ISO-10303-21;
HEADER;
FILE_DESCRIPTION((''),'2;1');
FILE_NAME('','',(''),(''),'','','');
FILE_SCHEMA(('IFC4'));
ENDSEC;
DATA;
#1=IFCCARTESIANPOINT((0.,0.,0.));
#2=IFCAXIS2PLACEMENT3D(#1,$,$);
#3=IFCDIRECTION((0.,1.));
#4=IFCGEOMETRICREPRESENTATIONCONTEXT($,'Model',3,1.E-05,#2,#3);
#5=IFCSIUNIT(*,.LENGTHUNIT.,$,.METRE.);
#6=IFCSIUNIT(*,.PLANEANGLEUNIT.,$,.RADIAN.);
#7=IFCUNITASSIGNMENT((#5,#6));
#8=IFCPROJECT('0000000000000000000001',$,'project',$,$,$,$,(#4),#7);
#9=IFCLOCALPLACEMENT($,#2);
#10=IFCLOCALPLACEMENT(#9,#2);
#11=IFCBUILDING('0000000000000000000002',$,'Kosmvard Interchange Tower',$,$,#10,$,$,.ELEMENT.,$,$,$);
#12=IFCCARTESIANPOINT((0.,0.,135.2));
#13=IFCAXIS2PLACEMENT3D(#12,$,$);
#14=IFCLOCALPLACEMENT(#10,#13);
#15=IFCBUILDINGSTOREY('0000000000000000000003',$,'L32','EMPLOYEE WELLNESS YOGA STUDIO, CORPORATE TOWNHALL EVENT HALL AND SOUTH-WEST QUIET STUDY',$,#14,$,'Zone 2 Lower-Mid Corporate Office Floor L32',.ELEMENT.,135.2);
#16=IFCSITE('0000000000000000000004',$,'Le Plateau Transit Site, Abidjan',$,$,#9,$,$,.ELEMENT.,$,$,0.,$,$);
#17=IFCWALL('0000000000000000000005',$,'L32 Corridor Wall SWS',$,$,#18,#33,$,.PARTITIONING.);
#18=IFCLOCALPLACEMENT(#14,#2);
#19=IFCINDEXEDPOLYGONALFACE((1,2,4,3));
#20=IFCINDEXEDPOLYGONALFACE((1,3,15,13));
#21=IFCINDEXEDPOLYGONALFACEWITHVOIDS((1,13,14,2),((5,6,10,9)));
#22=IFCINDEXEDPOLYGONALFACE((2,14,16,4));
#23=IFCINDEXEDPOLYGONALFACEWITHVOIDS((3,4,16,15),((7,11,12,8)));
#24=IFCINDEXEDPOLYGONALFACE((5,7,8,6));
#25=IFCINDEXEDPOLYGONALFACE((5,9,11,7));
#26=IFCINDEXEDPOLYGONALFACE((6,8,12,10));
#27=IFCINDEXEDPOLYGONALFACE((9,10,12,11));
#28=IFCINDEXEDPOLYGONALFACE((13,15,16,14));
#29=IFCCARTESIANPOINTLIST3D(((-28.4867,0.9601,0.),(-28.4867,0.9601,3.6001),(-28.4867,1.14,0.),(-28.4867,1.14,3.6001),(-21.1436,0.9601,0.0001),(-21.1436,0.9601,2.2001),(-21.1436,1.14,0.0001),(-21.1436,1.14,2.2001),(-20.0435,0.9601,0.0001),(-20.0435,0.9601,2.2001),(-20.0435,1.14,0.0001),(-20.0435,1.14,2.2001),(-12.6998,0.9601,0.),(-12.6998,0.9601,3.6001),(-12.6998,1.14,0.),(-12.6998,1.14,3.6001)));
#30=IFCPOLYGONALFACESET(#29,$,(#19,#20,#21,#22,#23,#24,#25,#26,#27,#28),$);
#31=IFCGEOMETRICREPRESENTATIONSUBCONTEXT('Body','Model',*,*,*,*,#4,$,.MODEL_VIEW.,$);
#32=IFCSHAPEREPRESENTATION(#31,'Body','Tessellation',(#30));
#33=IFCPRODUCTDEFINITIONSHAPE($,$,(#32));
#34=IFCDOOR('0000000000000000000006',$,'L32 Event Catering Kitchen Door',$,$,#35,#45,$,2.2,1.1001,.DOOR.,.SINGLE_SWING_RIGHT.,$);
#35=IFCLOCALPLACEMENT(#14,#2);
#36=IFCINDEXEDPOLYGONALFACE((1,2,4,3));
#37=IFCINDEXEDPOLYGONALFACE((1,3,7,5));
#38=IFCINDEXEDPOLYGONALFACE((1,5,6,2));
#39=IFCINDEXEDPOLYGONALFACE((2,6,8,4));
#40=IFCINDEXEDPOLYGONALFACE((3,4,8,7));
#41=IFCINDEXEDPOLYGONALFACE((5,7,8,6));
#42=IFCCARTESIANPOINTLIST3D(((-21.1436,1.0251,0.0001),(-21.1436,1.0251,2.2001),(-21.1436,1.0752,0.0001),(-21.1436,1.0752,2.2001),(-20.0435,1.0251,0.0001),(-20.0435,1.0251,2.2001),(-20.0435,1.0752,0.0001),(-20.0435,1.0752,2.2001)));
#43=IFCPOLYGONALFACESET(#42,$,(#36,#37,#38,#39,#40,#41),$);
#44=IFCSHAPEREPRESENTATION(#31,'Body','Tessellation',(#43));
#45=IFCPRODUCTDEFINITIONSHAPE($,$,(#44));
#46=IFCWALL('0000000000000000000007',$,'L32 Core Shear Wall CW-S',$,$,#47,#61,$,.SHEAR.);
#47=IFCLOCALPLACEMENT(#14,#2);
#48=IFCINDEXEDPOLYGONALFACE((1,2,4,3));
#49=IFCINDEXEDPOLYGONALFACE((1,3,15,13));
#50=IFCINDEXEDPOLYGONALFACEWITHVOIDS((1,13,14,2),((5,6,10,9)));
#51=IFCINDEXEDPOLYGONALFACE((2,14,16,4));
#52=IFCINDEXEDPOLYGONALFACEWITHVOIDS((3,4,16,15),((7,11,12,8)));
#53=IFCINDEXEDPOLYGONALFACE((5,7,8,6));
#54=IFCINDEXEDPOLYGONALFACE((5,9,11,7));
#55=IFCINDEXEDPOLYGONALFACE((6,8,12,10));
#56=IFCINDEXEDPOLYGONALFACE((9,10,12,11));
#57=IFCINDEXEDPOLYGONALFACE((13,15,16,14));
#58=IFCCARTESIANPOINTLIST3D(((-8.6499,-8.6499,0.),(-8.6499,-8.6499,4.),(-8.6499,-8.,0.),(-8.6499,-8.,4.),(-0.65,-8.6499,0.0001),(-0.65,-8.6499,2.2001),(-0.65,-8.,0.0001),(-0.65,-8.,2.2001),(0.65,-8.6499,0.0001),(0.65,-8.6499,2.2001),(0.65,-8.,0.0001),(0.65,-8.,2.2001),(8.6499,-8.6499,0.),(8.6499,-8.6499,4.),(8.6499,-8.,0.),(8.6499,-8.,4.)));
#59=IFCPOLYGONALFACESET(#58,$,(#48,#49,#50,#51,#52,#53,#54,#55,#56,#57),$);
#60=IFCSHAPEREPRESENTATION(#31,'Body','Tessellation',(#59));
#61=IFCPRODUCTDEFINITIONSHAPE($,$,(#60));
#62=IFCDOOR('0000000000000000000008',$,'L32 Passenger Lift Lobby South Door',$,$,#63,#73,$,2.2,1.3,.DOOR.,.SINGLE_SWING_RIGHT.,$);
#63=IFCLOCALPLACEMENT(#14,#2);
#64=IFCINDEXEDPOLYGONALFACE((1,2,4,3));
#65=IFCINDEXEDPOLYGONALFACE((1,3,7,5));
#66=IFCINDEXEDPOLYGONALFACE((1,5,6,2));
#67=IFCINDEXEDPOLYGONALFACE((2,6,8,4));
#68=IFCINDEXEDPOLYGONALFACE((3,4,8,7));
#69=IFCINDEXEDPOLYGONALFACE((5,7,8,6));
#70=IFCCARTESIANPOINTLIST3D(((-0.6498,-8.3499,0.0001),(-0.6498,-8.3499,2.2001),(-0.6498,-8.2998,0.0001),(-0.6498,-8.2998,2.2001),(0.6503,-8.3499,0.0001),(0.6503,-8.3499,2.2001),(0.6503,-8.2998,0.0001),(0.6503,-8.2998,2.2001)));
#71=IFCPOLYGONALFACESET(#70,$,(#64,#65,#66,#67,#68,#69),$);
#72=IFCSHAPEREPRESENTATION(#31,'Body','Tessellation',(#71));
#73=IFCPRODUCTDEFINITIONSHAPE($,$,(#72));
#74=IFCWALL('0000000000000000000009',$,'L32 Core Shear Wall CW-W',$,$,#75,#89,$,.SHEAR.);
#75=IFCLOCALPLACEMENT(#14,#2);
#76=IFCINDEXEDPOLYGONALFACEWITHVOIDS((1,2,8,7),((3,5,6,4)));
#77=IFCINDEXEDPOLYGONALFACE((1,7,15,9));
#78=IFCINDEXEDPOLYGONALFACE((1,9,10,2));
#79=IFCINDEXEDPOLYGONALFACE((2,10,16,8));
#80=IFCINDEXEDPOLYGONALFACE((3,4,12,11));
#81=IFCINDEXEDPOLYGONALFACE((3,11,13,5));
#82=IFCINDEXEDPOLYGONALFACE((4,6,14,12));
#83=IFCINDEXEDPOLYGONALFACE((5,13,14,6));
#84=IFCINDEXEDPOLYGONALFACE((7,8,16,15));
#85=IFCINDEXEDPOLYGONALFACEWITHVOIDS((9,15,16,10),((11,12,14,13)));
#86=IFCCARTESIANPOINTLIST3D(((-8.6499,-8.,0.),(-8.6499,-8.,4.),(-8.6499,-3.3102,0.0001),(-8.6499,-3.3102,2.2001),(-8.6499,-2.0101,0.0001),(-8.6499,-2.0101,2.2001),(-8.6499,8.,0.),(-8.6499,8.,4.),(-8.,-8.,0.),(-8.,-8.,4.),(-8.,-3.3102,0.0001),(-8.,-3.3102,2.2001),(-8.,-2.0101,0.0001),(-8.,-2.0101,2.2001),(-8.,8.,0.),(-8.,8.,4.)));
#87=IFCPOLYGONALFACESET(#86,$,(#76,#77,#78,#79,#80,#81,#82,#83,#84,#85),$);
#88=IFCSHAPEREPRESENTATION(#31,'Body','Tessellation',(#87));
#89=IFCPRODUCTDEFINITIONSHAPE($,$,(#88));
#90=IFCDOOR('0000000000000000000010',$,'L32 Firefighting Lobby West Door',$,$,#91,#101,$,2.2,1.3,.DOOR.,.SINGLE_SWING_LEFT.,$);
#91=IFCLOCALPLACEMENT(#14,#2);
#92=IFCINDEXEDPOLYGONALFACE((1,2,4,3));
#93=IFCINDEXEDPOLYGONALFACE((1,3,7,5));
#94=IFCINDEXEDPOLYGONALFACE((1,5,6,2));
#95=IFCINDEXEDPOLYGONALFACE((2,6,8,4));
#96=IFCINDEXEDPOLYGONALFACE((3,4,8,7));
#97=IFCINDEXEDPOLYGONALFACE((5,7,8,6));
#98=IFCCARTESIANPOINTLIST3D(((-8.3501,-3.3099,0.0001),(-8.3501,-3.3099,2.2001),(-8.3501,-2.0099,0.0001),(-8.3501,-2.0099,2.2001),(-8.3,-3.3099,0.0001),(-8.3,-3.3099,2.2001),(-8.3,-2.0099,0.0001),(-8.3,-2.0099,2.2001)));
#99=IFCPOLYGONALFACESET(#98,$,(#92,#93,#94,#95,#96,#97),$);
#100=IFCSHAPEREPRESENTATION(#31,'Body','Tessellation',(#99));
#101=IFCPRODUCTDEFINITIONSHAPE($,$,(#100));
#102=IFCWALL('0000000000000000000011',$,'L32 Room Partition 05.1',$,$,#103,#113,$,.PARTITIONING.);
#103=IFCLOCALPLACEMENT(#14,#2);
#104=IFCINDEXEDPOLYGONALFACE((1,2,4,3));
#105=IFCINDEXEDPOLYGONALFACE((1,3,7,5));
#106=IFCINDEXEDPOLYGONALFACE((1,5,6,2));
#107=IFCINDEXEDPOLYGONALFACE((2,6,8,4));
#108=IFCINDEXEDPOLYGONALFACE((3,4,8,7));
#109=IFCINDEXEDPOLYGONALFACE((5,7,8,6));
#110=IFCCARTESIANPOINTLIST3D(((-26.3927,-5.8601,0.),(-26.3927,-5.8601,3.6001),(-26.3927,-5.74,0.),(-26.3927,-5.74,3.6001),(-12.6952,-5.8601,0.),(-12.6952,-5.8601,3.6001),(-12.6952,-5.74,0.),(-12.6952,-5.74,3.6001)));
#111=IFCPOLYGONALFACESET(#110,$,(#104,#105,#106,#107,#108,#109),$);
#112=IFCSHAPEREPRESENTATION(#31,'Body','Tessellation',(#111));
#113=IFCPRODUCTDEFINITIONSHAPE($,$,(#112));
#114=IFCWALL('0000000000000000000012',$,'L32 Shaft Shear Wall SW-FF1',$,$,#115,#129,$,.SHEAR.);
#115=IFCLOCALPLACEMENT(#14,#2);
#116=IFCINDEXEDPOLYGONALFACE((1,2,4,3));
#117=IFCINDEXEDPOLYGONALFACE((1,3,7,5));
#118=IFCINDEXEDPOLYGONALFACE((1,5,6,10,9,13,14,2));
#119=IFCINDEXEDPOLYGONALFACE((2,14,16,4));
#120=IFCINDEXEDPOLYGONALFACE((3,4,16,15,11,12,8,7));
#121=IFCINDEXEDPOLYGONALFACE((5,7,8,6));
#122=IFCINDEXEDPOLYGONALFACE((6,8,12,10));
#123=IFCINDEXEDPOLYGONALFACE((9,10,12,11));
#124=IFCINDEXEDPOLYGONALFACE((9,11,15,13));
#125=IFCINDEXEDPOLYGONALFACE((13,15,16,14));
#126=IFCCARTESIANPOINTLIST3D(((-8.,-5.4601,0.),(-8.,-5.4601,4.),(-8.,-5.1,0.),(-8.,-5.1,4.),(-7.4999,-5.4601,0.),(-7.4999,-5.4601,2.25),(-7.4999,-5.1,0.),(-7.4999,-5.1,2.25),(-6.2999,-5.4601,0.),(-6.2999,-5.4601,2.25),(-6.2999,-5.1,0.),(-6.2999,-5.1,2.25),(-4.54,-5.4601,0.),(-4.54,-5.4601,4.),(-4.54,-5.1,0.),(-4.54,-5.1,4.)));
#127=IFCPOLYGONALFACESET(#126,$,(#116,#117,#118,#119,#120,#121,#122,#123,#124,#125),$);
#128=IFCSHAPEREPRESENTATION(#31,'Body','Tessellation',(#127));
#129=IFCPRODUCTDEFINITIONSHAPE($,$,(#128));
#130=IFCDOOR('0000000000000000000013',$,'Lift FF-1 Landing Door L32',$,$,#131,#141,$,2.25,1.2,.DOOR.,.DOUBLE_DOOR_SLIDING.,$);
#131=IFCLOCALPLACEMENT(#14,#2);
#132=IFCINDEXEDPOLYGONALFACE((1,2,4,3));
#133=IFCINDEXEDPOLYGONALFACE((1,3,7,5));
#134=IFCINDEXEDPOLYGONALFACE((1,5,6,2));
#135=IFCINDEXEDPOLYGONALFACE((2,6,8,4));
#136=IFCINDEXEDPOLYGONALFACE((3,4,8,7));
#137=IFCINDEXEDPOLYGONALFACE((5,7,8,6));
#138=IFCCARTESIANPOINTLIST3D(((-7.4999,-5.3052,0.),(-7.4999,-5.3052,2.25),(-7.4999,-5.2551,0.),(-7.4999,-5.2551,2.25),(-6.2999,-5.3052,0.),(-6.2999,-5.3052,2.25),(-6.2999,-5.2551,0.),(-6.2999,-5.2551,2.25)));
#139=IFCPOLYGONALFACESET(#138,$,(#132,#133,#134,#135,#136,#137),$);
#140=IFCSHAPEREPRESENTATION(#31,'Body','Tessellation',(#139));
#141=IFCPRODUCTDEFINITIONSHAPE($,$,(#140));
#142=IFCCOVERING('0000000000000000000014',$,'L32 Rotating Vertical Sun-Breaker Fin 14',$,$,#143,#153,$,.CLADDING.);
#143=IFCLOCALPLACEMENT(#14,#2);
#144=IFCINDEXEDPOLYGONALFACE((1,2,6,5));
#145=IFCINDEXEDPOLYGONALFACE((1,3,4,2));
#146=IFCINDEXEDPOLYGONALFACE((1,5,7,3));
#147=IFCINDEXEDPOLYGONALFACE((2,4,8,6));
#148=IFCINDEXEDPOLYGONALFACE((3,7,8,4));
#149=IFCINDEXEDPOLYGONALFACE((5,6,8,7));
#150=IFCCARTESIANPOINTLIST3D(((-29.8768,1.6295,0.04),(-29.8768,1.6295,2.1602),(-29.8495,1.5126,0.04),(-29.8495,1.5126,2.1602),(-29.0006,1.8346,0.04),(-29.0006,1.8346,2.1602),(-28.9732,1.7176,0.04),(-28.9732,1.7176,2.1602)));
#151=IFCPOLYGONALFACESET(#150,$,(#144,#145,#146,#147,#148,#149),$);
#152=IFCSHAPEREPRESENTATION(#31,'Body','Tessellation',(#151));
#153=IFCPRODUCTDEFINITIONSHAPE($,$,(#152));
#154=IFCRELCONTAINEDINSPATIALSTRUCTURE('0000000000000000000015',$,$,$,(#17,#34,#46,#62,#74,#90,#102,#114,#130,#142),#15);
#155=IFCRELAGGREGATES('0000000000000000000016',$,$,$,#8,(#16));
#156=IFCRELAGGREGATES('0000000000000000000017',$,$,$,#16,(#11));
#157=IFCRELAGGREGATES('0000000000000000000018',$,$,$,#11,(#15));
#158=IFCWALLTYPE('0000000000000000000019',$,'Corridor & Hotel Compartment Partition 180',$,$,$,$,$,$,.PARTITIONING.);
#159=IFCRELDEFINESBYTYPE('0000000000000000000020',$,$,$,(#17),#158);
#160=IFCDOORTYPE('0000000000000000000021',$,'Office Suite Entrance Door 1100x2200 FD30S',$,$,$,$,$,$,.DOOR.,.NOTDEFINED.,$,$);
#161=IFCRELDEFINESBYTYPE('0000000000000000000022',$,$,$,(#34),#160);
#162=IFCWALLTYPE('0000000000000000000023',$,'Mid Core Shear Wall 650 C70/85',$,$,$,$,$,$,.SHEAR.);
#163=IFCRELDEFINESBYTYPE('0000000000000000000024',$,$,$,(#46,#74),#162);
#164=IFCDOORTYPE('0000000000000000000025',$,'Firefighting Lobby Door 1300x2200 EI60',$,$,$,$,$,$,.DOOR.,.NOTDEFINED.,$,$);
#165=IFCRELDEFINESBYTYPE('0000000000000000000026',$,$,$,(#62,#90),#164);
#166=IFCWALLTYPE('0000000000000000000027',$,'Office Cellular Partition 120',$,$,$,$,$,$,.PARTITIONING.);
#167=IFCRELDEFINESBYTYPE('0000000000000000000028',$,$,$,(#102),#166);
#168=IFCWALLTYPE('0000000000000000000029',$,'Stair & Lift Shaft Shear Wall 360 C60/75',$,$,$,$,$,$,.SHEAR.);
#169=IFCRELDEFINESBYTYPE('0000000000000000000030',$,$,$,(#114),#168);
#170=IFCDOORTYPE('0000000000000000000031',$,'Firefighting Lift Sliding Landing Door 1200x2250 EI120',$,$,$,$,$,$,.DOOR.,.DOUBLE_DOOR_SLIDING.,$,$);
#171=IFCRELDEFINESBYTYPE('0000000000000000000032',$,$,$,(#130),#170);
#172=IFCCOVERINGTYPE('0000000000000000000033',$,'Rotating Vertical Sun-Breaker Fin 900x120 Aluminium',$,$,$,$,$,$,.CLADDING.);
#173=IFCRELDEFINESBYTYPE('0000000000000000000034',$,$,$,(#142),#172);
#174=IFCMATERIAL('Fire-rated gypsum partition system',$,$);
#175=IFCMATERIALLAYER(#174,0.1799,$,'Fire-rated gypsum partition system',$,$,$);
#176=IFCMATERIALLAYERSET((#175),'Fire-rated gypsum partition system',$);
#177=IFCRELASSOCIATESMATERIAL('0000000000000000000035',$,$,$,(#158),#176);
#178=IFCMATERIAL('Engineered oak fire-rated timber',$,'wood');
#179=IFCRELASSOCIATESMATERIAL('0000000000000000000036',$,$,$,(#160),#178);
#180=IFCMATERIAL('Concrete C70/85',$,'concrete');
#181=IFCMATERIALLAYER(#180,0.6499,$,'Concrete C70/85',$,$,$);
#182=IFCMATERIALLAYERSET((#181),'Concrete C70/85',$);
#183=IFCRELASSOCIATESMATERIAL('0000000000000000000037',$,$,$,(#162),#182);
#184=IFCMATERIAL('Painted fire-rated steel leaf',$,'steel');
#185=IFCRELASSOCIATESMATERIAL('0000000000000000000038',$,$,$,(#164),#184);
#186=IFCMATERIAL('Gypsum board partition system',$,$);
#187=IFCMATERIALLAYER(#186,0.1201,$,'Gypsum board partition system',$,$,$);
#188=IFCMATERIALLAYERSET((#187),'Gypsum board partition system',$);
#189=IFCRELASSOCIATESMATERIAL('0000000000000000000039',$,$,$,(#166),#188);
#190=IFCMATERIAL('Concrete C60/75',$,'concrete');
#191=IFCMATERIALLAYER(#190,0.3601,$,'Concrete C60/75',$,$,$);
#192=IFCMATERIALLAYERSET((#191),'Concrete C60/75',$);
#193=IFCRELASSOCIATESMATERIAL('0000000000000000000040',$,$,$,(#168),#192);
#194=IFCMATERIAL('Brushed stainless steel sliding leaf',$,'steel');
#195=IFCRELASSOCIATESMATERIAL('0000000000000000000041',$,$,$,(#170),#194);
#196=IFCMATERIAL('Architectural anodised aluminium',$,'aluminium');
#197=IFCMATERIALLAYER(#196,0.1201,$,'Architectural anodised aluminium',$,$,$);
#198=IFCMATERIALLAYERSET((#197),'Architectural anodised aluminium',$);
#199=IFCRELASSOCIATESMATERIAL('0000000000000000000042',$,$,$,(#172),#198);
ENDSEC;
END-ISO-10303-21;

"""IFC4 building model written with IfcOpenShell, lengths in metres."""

from ifc_helpers import new_model, si_unit, direction, frame, frame_2d, origin, origin_2d, place, context, subcontext, project, spatial, rectangle, extrude, source, transform, mapped, material, layer, layer_set, type_object, element, fill, save


model = new_model("IFC4")

# Units and contexts
model_context = context("Model", 3, precision=1e-05, world=origin(), true_north=direction((0.0, 1.0)))
body_context = subcontext(model_context, "Body", "Model", "MODEL_VIEW")
ifc_project = project(units=[si_unit("LENGTHUNIT", "METRE"), si_unit("PLANEANGLEUNIT", "RADIAN")], contexts=[model_context])

# Site, building, storey
site_placement = place(None, origin())
site = spatial("IfcSite", under=ifc_project, at=site_placement, Name="Le Plateau Transit Site, Abidjan", CompositionType="ELEMENT", RefElevation=0.0)
building_placement = place(site_placement, origin())
building = spatial("IfcBuilding", under=site, at=building_placement, Name="Kosmvard Interchange Tower", CompositionType="ELEMENT")
storey_placement = place(building_placement, frame((0.0, 0.0, 135.2)))
storey = spatial("IfcBuildingStorey", under=building, at=storey_placement, Name="L32", Description="EMPLOYEE WELLNESS YOGA STUDIO, CORPORATE TOWNHALL EVENT HALL AND SOUTH-WEST QUIET STUDY", LongName="Zone 2 Lower-Mid Corporate Office Floor L32", CompositionType="ELEMENT", Elevation=135.2)

# Shared definitions
ifc_material_1 = material(Name="Concrete C60/75", Category="concrete")

# Shared definitions
ifc_material_2 = material(Name="Fire-rated gypsum partition system")
ifc_layer_1 = layer(ifc_material_2, 0.1799, Name="Fire-rated gypsum partition system")
ifc_layer_set_1 = layer_set([ifc_layer_1], Name="Fire-rated gypsum partition system")
wall_type_1 = type_object("IfcWallType", Name="Corridor & Hotel Compartment Partition 180", PredefinedType="PARTITIONING", material=ifc_layer_set_1)
ifc_material_3 = material(Name="Engineered oak fire-rated timber", Category="wood")
door_type_1 = type_object("IfcDoorType", Name="Office Suite Entrance Door 1100x2200 FD30S", OperationType="NOTDEFINED", PredefinedType="DOOR", material=ifc_material_3)
shared_shape_1 = source(origin(), body_context, "Body", "SweptSolid", [
    extrude(rectangle(XDim=1.1001, YDim=2.2, at=frame_2d((0.55, 1.1001))), frame((0.0, 0.0249, 0.0), z_axis=(0.0, -1.0, 0.0), x_axis=(1.0, 0.0, 0.0)), (0.0, 0.0, 1.0), 0.05),
])

# Walls, openings, doors
wall_1_placement = place(storey_placement, frame((-28.4868, 1.05, 0.0), z_axis=(0.0, 0.0, 1.0), x_axis=(1.0, 0.0, 0.0)))
wall_1 = element("IfcWall", 1, at=wall_1_placement, inside=storey, type_object=wall_type_1, Name="L32 Corridor Wall SWS", PredefinedType="PARTITIONING", context=body_context, shape_type="SweptSolid", body=[
    extrude(rectangle(XDim=15.7869, YDim=0.1799, at=frame_2d((7.8936, 0.0))), origin(), (0.0, 0.0, 1.0), 3.6001),
])
opening_1_placement = place(wall_1_placement, frame((7.3433, 0.0, 0.0)))
opening_1 = element("IfcOpeningElement", 2, at=opening_1_placement, cuts=wall_1, PredefinedType="OPENING", context=body_context, shape_type="SweptSolid", body=[
    extrude(rectangle(XDim=1.1001, YDim=2.2, at=frame_2d((0.55, 1.1001))), frame((0.0, 0.1001, 0.0), z_axis=(0.0, -1.0, 0.0), x_axis=(1.0, 0.0, 0.0)), (0.0, 0.0, 1.0), 0.2),
])
door_1_placement = place(opening_1_placement, frame((1.1001, 0.0, 0.0), z_axis=(0.0, 0.0, 1.0), x_axis=(-1.0, 0.0, 0.0)))
door_1 = element("IfcDoor", 3, at=door_1_placement, inside=storey, type_object=door_type_1, Name="L32 Event Catering Kitchen Door", OperationType="SINGLE_SWING_RIGHT", OverallHeight=2.2, OverallWidth=1.1001, PredefinedType="DOOR", context=body_context, shape_type="MappedRepresentation", body=[
    mapped(shared_shape_1, transform((0.0, 0.0, 0.0), scale=1.0)),
])
fill(opening_1, door_1)
ifc_material_4 = material(Name="Concrete C70/85", Category="concrete")
ifc_layer_2 = layer(ifc_material_4, 0.6499, Name="Concrete C70/85")
ifc_layer_set_2 = layer_set([ifc_layer_2], Name="Concrete C70/85")
wall_type_2 = type_object("IfcWallType", Name="Mid Core Shear Wall 650 C70/85", PredefinedType="SHEAR", material=ifc_layer_set_2)
wall_2_placement = place(storey_placement, frame((-8.6499, -8.325, 0.0), z_axis=(0.0, 0.0, 1.0), x_axis=(1.0, 0.0, 0.0)))
wall_2 = element("IfcWall", 4, at=wall_2_placement, inside=storey, type_object=wall_type_2, Name="L32 Core Shear Wall CW-S", PredefinedType="SHEAR", context=body_context, shape_type="SweptSolid", body=[
    extrude(rectangle(XDim=17.2998, YDim=0.6499, at=frame_2d((8.6499, 0.0))), origin(), (0.0, 0.0, 1.0), 4.0),
])
opening_2_placement = place(wall_2_placement, frame((8.0, 0.0, 0.0)))
opening_2 = element("IfcOpeningElement", 5, at=opening_2_placement, cuts=wall_2, PredefinedType="OPENING", context=body_context, shape_type="SweptSolid", body=[
    extrude(rectangle(XDim=1.3, YDim=2.2, at=frame_2d((0.6499, 1.1001))), frame((0.0, 0.335, 0.0), z_axis=(0.0, -1.0, 0.0), x_axis=(1.0, 0.0, 0.0)), (0.0, 0.0, 1.0), 0.6699),
])
ifc_material_5 = material(Name="Painted fire-rated steel leaf", Category="steel")
door_type_2 = type_object("IfcDoorType", Name="Firefighting Lobby Door 1300x2200 EI60", OperationType="NOTDEFINED", PredefinedType="DOOR", material=ifc_material_5)
shared_shape_2 = source(origin(), body_context, "Body", "SweptSolid", [
    extrude(rectangle(XDim=1.3, YDim=2.2, at=frame_2d((0.6499, 1.1001))), frame((0.0, 0.0249, 0.0), z_axis=(0.0, -1.0, 0.0), x_axis=(1.0, 0.0, 0.0)), (0.0, 0.0, 1.0), 0.05),
])
door_2_placement = place(opening_2_placement, frame((1.3, 0.0, 0.0), z_axis=(0.0, 0.0, 1.0), x_axis=(-1.0, 0.0, 0.0)))
door_2 = element("IfcDoor", 6, at=door_2_placement, inside=storey, type_object=door_type_2, Name="L32 Passenger Lift Lobby South Door", OperationType="SINGLE_SWING_RIGHT", OverallHeight=2.2, OverallWidth=1.3, PredefinedType="DOOR", context=body_context, shape_type="MappedRepresentation", body=[
    mapped(shared_shape_2, transform((0.0, 0.0, 0.0), scale=1.0)),
])
fill(opening_2, door_2)
wall_3_placement = place(storey_placement, frame((-8.325, -8.0, 0.0), z_axis=(0.0, 0.0, 1.0), x_axis=(0.0, 1.0, 0.0)))
wall_3 = element("IfcWall", 7, at=wall_3_placement, inside=storey, type_object=wall_type_2, Name="L32 Core Shear Wall CW-W", PredefinedType="SHEAR", context=body_context, shape_type="SweptSolid", body=[
    extrude(rectangle(XDim=16.0, YDim=0.6499, at=frame_2d((8.0, 0.0))), origin(), (0.0, 0.0, 1.0), 4.0),
])
opening_3_placement = place(wall_3_placement, frame((4.6899, 0.0, 0.0)))
opening_3 = element("IfcOpeningElement", 8, at=opening_3_placement, cuts=wall_3, PredefinedType="OPENING", context=body_context, shape_type="SweptSolid", body=[
    extrude(rectangle(XDim=1.3, YDim=2.2, at=frame_2d((0.6499, 1.1001))), frame((0.0, 0.335, 0.0), z_axis=(0.0, -1.0, 0.0), x_axis=(1.0, 0.0, 0.0)), (0.0, 0.0, 1.0), 0.6699),
])
door_3_placement = place(opening_3_placement, frame((1.3, 0.0, 0.0), z_axis=(0.0, 0.0, 1.0), x_axis=(-1.0, 0.0, 0.0)))
door_3 = element("IfcDoor", 9, at=door_3_placement, inside=storey, type_object=door_type_2, Name="L32 Firefighting Lobby West Door", OperationType="SINGLE_SWING_LEFT", OverallHeight=2.2, OverallWidth=1.3, PredefinedType="DOOR", context=body_context, shape_type="MappedRepresentation", body=[
    mapped(shared_shape_2, transform((0.0, 0.0, 0.0), scale=1.0)),
])
fill(opening_3, door_3)

# Wall
ifc_material_6 = material(Name="Gypsum board partition system")
ifc_layer_3 = layer(ifc_material_6, 0.1201, Name="Gypsum board partition system")
ifc_layer_set_3 = layer_set([ifc_layer_3], Name="Gypsum board partition system")
wall_type_3 = type_object("IfcWallType", Name="Office Cellular Partition 120", PredefinedType="PARTITIONING", material=ifc_layer_set_3)
wall_4_placement = place(storey_placement, frame((-26.3926, -5.8, 0.0), z_axis=(0.0, 0.0, 1.0), x_axis=(1.0, 0.0, 0.0)))
element("IfcWall", 10, at=wall_4_placement, inside=storey, type_object=wall_type_3, Name="L32 Room Partition 05.1", PredefinedType="PARTITIONING", context=body_context, shape_type="SweptSolid", body=[
    extrude(rectangle(XDim=13.6975, YDim=0.1201, at=frame_2d((6.8486, 0.0))), origin(), (0.0, 0.0, 1.0), 3.6001),
])

# Wall, opening, door
ifc_layer_4 = layer(ifc_material_1, 0.3601, Name="Concrete C60/75")
ifc_layer_set_4 = layer_set([ifc_layer_4], Name="Concrete C60/75")
wall_type_4 = type_object("IfcWallType", Name="Stair & Lift Shaft Shear Wall 360 C60/75", PredefinedType="SHEAR", material=ifc_layer_set_4)
wall_5_placement = place(storey_placement, frame((-8.0, -5.28, 0.0), z_axis=(0.0, 0.0, 1.0), x_axis=(1.0, 0.0, 0.0)))
wall_5 = element("IfcWall", 11, at=wall_5_placement, inside=storey, type_object=wall_type_4, Name="L32 Shaft Shear Wall SW-FF1", PredefinedType="SHEAR", context=body_context, shape_type="SweptSolid", body=[
    extrude(rectangle(XDim=3.46, YDim=0.3601, at=frame_2d((1.73, 0.0))), origin(), (0.0, 0.0, 1.0), 4.0),
])
opening_4_placement = place(wall_5_placement, frame((0.5, 0.0, 0.0)))
opening_4 = element("IfcOpeningElement", 12, at=opening_4_placement, cuts=wall_5, PredefinedType="OPENING", context=body_context, shape_type="SweptSolid", body=[
    extrude(rectangle(XDim=1.2, YDim=2.25, at=frame_2d((0.6001, 1.125))), frame((0.0, 0.1899, 0.0), z_axis=(0.0, -1.0, 0.0), x_axis=(1.0, 0.0, 0.0)), (0.0, 0.0, 1.0), 0.3801),
])
ifc_material_7 = material(Name="Brushed stainless steel sliding leaf", Category="steel")
door_type_3 = type_object("IfcDoorType", Name="Firefighting Lift Sliding Landing Door 1200x2250 EI120", OperationType="DOUBLE_DOOR_SLIDING", PredefinedType="DOOR", material=ifc_material_7)
shared_shape_3 = source(origin(), body_context, "Body", "SweptSolid", [
    extrude(rectangle(XDim=1.2, YDim=2.25, at=frame_2d((0.6001, 1.125))), frame((0.0, 0.0249, 0.0), z_axis=(0.0, -1.0, 0.0), x_axis=(1.0, 0.0, 0.0)), (0.0, 0.0, 1.0), 0.05),
])
door_4_placement = place(opening_4_placement, origin())
door_4 = element("IfcDoor", 13, at=door_4_placement, inside=storey, type_object=door_type_3, Name="Lift FF-1 Landing Door L32", OperationType="DOUBLE_DOOR_SLIDING", OverallHeight=2.25, OverallWidth=1.2, PredefinedType="DOOR", context=body_context, shape_type="MappedRepresentation", body=[
    mapped(shared_shape_3, transform((0.0, 0.0, 0.0), scale=1.0)),
])
fill(opening_4, door_4)

# Covering
ifc_material_8 = material(Name="Architectural anodised aluminium", Category="aluminium")
ifc_layer_5 = layer(ifc_material_8, 0.1201, Name="Architectural anodised aluminium")
ifc_layer_set_5 = layer_set([ifc_layer_5], Name="Architectural anodised aluminium")
covering_type = type_object("IfcCoveringType", Name="Rotating Vertical Sun-Breaker Fin 900x120 Aluminium", PredefinedType="CLADDING", material=ifc_layer_set_5)
shared_shape_4 = source(origin(), body_context, "Body", "SweptSolid", [
    extrude(rectangle(XDim=0.8999, YDim=0.1201, at=origin_2d()), origin(), (0.0, 0.0, 1.0), 2.1201),
])
covering_placement = place(storey_placement, frame((-29.425, 1.6736, 0.04), z_axis=(0.0, 0.0, 1.0), x_axis=(-0.973698, -0.227841, 0.0)))
element("IfcCovering", 14, at=covering_placement, inside=storey, type_object=covering_type, Name="L32 Rotating Vertical Sun-Breaker Fin 14", PredefinedType="CLADDING", context=body_context, shape_type="MappedRepresentation", body=[
    mapped(shared_shape_4, transform((0.0, 0.0, 0.0), scale=1.0)),
])

save(model, "model.ifc")
